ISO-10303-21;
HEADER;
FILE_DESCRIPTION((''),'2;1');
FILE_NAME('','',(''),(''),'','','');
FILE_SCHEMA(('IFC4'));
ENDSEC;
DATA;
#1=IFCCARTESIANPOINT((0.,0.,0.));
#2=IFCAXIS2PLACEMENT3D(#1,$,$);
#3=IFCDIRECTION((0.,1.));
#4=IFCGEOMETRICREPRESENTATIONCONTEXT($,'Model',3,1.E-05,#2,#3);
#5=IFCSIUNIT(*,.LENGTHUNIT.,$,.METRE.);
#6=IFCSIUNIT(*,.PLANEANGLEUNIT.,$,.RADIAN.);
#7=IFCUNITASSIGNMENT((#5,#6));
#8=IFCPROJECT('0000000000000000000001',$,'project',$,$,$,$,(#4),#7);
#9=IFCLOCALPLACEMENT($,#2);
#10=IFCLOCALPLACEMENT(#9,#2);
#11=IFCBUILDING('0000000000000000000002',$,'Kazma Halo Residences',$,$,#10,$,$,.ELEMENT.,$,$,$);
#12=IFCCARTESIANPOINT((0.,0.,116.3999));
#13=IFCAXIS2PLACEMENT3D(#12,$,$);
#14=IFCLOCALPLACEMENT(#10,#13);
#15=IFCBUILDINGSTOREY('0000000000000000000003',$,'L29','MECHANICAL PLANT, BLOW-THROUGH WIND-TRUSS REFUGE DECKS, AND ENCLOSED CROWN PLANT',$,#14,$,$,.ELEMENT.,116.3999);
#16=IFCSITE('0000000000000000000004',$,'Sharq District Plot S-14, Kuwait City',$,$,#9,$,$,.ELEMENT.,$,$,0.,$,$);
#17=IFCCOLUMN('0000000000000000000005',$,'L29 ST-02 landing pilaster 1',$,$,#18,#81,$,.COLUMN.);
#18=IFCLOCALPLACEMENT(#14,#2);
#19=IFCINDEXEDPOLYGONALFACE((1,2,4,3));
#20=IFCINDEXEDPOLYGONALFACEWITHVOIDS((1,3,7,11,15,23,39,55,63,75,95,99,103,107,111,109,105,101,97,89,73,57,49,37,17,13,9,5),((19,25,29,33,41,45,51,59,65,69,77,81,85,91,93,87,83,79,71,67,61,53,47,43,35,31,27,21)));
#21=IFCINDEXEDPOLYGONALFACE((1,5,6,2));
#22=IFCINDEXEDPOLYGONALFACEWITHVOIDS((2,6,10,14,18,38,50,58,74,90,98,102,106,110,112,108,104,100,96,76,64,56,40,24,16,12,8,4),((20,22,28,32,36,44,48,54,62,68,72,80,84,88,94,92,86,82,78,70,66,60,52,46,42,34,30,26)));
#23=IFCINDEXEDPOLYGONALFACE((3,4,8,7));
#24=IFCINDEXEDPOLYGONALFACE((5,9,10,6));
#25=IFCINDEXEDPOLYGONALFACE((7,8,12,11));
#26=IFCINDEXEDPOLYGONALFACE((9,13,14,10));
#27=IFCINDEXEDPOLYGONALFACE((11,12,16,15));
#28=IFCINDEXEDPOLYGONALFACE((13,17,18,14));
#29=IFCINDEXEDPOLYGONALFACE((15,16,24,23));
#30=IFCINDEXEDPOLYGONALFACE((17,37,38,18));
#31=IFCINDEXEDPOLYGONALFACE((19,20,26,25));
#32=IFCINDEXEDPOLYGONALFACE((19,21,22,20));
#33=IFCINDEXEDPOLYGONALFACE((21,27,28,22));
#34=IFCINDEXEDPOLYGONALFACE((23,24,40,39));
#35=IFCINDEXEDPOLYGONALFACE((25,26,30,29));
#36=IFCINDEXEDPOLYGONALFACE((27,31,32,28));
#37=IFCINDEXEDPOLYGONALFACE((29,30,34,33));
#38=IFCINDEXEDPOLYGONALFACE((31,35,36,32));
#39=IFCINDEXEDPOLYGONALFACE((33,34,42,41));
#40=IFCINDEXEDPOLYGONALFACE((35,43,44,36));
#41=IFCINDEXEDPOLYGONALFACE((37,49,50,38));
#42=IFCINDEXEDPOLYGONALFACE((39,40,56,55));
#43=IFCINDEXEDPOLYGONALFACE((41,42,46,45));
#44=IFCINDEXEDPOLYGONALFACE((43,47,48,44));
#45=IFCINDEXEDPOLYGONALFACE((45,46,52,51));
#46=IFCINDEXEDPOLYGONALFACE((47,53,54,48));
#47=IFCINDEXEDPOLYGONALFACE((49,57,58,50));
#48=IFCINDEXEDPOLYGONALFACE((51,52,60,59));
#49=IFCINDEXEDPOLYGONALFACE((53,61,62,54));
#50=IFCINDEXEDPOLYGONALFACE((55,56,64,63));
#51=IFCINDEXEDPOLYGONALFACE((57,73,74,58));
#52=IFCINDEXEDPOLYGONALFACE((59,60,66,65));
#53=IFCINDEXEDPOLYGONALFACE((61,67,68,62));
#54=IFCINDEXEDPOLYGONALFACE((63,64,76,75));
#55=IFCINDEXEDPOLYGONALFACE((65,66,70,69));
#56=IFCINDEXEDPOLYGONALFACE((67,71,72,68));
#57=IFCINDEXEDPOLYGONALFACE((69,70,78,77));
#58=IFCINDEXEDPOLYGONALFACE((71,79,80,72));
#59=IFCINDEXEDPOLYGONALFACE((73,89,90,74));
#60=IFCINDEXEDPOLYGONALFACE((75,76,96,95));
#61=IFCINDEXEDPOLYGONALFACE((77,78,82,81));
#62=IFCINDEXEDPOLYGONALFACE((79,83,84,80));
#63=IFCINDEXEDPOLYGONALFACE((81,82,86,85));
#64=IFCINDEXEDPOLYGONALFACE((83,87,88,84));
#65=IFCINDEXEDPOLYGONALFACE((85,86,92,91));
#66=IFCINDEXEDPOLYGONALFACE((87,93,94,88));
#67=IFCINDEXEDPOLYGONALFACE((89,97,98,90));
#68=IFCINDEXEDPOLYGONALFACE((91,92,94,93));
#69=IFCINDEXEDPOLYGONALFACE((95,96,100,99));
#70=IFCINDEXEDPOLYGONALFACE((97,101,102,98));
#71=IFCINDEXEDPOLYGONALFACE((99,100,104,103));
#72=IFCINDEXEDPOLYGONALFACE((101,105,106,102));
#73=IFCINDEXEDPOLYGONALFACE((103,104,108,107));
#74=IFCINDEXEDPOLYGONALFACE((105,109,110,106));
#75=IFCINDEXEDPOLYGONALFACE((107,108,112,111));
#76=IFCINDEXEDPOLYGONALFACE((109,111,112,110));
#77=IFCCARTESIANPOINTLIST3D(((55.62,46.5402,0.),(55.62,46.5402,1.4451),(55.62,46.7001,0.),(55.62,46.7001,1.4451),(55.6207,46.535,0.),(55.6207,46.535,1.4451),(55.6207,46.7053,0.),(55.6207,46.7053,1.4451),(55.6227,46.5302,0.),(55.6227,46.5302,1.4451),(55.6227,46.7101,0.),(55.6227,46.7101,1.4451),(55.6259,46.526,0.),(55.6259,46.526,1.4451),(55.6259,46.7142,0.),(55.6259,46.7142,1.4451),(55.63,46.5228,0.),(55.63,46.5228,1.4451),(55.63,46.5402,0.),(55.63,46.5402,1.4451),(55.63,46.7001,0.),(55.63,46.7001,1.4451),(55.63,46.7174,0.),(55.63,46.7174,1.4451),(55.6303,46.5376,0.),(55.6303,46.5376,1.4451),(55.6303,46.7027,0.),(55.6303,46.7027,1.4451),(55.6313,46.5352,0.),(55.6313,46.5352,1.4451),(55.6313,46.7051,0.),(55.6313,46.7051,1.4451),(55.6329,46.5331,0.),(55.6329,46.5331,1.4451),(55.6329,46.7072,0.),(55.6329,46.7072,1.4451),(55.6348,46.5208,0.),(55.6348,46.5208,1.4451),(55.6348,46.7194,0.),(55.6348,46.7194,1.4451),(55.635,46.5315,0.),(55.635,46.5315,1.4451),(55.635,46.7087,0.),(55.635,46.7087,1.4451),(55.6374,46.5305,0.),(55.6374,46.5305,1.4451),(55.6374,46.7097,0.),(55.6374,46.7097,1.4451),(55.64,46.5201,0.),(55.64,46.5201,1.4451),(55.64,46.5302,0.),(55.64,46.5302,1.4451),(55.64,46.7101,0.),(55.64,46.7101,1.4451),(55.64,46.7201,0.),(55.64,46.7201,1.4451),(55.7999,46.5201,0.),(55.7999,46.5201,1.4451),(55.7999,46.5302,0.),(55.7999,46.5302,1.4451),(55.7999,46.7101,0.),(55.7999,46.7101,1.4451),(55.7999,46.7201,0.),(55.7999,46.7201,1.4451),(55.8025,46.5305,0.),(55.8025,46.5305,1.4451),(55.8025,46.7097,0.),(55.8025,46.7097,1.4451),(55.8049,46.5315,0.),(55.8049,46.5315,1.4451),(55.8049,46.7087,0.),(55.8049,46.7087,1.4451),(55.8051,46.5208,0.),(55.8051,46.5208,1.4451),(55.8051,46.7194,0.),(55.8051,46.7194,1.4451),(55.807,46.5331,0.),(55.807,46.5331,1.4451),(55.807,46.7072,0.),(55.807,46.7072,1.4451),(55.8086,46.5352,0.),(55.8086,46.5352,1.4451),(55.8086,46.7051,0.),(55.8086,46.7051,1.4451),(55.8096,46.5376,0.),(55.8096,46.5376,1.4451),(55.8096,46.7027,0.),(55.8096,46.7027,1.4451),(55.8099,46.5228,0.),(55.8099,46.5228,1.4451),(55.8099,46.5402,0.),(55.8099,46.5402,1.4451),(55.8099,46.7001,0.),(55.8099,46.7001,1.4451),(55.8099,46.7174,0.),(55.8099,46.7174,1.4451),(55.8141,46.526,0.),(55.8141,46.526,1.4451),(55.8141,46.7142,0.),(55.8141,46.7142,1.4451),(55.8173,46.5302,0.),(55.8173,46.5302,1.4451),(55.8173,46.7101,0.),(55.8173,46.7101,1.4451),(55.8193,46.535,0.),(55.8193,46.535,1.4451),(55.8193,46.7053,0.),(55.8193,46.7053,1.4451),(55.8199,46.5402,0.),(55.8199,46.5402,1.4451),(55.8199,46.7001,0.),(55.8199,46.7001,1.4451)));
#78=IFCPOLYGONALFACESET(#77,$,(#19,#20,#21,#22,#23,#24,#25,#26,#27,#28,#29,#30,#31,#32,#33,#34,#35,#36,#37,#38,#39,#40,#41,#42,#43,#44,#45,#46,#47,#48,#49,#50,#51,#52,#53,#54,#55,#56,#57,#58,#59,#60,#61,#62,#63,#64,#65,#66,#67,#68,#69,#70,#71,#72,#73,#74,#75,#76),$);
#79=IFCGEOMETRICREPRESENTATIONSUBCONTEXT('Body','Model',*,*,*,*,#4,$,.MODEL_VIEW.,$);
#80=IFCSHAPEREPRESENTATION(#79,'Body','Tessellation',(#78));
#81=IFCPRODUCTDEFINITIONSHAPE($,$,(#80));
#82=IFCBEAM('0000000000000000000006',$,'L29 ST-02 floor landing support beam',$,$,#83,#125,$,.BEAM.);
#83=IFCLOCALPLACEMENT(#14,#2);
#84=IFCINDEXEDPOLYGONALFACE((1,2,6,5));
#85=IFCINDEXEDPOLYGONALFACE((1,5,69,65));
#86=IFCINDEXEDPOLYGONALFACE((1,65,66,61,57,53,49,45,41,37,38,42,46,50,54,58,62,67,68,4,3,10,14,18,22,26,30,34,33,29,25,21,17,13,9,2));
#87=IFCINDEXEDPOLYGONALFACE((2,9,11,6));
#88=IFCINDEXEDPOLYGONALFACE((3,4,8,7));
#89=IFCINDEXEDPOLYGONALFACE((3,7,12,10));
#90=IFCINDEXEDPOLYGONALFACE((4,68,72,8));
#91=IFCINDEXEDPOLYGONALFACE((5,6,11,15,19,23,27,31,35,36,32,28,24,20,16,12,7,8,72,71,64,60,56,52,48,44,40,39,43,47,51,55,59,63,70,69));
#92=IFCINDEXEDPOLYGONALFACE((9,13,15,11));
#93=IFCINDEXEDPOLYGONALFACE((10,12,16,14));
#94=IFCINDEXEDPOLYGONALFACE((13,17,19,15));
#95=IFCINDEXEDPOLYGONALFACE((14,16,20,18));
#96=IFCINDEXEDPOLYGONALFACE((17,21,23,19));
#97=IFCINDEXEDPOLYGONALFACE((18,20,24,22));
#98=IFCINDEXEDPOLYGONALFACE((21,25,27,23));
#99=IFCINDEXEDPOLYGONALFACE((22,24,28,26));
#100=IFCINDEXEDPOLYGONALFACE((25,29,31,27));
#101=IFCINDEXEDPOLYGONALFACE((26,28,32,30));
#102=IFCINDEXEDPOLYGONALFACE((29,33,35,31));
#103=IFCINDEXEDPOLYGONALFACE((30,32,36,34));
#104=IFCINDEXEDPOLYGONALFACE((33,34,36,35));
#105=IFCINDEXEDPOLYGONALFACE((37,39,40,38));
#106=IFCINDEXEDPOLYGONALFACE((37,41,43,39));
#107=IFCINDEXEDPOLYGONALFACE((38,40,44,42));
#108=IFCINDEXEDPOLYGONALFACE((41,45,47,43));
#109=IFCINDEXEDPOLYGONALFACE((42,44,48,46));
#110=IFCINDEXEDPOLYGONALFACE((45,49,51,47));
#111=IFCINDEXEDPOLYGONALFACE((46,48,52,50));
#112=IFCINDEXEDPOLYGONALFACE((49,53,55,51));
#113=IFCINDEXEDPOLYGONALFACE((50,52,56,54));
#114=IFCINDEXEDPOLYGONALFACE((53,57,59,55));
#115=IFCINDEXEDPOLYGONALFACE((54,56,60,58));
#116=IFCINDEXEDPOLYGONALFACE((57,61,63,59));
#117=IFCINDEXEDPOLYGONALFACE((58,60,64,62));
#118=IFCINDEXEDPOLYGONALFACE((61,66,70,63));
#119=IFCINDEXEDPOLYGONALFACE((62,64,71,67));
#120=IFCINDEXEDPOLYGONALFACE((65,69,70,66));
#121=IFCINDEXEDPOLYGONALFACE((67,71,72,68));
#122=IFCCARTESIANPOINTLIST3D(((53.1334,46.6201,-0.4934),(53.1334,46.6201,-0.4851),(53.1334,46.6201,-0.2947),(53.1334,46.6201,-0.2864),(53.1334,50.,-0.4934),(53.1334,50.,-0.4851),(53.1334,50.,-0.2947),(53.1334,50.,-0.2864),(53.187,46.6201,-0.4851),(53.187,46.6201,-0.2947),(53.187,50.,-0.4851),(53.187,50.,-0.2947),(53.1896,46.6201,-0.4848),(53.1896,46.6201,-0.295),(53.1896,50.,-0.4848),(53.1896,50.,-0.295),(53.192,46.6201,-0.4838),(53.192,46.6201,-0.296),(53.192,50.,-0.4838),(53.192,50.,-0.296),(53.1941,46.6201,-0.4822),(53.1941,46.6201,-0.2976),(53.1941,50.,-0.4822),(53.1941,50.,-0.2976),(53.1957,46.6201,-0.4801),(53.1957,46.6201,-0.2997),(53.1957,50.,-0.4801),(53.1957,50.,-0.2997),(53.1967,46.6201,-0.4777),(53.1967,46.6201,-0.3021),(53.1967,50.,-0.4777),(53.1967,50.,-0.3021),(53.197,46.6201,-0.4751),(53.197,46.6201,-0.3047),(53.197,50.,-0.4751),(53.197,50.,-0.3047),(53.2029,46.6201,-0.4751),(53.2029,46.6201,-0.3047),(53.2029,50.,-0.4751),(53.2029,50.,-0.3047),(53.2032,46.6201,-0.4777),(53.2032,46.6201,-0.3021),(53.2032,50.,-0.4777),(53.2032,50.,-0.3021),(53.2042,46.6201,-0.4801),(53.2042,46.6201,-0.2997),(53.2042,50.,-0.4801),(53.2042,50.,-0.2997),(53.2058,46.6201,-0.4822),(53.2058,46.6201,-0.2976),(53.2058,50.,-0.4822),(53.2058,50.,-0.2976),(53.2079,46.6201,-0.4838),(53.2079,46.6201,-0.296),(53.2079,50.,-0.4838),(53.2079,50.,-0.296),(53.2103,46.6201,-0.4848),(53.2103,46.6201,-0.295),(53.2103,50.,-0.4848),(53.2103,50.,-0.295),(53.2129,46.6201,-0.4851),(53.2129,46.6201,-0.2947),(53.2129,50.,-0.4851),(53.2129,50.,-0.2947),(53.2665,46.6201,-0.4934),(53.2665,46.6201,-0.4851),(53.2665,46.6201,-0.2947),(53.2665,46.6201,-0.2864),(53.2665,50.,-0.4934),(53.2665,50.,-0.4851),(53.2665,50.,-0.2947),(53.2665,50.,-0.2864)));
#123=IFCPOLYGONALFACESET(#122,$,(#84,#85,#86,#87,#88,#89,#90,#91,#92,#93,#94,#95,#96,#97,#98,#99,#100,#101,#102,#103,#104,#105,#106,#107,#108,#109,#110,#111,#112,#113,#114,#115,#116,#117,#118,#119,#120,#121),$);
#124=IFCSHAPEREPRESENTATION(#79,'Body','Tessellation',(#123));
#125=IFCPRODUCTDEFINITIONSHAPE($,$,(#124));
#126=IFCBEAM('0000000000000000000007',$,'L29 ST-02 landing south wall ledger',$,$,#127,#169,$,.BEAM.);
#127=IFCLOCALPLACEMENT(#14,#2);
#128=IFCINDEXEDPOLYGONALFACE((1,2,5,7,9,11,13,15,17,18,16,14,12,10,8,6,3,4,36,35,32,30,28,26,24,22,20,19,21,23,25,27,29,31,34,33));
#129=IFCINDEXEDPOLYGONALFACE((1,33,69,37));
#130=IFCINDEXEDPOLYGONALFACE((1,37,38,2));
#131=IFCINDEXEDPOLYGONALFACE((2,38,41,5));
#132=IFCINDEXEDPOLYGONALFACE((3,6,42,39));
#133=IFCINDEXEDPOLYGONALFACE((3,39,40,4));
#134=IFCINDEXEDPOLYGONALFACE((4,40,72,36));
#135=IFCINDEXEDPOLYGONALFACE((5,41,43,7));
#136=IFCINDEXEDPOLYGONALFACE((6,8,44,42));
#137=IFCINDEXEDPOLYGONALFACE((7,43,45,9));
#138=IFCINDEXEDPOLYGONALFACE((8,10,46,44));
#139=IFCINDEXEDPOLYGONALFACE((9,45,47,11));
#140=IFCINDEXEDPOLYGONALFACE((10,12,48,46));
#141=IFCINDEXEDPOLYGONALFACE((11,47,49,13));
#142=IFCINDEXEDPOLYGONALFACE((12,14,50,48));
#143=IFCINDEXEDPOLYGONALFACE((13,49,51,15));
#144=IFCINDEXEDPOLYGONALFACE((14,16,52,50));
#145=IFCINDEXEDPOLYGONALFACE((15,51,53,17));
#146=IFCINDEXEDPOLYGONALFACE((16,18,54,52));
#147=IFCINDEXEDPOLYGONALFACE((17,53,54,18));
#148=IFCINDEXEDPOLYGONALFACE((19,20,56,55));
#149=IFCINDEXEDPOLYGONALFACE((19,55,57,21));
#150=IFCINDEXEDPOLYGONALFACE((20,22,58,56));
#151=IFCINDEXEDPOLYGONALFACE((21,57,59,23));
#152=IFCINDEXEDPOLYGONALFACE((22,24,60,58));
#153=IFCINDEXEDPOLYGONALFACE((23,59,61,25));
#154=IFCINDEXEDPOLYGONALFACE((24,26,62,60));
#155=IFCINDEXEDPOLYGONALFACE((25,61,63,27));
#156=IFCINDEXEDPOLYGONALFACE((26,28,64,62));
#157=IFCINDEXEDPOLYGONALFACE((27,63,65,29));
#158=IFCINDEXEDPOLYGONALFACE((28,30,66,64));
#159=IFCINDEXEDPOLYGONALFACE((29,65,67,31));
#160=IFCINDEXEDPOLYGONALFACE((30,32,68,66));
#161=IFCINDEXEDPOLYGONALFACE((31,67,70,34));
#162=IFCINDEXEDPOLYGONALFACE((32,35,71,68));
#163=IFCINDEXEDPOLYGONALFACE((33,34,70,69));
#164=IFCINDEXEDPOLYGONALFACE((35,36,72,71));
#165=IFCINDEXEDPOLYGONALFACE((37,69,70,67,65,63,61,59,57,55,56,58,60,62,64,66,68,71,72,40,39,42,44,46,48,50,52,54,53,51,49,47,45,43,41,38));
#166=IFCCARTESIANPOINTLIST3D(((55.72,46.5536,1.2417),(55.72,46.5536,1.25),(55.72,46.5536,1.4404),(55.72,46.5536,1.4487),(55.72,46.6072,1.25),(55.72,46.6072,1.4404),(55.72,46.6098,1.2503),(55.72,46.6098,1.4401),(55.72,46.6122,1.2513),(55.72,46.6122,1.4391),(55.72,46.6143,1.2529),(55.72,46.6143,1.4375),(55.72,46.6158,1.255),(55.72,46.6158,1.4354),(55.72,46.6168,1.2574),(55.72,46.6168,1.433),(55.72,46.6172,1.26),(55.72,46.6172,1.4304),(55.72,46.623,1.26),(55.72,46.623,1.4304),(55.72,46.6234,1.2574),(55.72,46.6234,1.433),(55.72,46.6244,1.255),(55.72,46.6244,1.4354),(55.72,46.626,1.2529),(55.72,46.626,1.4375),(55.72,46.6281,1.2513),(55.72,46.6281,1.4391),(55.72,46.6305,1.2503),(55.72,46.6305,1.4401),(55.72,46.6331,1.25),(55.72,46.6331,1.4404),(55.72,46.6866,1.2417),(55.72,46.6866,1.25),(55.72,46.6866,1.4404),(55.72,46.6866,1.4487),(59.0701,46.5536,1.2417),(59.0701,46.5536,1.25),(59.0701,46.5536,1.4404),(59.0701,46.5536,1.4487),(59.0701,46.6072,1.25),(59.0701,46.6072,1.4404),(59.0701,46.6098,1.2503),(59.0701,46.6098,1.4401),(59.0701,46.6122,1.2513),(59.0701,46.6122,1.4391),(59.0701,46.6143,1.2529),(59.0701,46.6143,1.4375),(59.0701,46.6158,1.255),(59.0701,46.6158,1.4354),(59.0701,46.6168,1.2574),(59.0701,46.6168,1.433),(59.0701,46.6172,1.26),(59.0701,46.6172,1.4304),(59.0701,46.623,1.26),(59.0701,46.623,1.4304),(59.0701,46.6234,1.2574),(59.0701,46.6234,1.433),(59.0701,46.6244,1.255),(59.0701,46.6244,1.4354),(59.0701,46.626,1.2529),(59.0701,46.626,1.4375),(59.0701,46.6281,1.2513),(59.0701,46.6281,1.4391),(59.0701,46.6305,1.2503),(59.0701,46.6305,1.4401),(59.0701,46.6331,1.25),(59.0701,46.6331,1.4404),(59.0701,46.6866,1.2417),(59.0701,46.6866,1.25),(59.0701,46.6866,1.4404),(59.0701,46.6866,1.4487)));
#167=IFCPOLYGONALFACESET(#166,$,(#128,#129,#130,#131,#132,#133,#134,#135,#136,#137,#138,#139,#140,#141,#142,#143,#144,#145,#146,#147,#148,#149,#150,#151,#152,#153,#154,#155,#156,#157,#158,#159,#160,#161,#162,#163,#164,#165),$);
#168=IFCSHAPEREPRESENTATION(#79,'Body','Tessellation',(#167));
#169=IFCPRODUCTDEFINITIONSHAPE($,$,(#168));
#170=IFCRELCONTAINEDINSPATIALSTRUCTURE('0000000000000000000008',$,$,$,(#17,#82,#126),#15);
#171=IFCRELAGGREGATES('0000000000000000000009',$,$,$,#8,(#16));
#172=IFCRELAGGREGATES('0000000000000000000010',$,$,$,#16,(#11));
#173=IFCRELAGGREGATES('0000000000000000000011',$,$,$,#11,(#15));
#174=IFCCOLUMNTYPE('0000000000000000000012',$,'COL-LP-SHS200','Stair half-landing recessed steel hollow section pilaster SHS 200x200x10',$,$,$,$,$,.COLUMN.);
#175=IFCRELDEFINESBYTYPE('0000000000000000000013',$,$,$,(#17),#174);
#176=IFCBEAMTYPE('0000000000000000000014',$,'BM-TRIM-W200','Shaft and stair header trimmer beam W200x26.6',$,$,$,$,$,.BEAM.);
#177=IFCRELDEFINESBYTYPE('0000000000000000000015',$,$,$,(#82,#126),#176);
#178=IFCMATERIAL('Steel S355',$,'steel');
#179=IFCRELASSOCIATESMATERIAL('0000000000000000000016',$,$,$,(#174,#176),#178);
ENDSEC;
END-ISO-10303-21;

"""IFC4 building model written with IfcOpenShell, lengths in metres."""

from ifc_helpers import new_model, si_unit, direction, frame, origin, origin_2d, place, context, subcontext, project, spatial, hollow_rectangle, i_section, extrude, material, material_profile, profile_set, type_object, element, save


model = new_model("IFC4")

# Units and contexts
model_context = context("Model", 3, precision=1e-05, world=origin(), true_north=direction((0.0, 1.0)))
body_context = subcontext(model_context, "Body", "Model", "MODEL_VIEW")
ifc_project = project(units=[si_unit("LENGTHUNIT", "METRE"), si_unit("PLANEANGLEUNIT", "RADIAN")], contexts=[model_context])

# Site, building, storey
site_placement = place(None, origin())
site = spatial("IfcSite", under=ifc_project, at=site_placement, Name="Sharq District Plot S-14, Kuwait City", CompositionType="ELEMENT", RefElevation=0.0)
building_placement = place(site_placement, origin())
building = spatial("IfcBuilding", under=site, at=building_placement, Name="Kazma Halo Residences", CompositionType="ELEMENT")
storey_placement = place(building_placement, frame((0.0, 0.0, 116.3999)))
storey = spatial("IfcBuildingStorey", under=building, at=storey_placement, Name="L29", Description="MECHANICAL PLANT, BLOW-THROUGH WIND-TRUSS REFUGE DECKS, AND ENCLOSED CROWN PLANT", CompositionType="ELEMENT", Elevation=116.3999)

# Column
ifc_material_1 = material(Name="Steel S355", Category="steel")
ifc_material_profile_1 = material_profile(ifc_material_1, hollow_rectangle(XDim=0.2, YDim=0.2, WallThickness=0.01, InnerFilletRadius=0.01, OuterFilletRadius=0.02, at=origin_2d()), Name="SHS200x200x10")
ifc_profile_set_1 = profile_set([ifc_material_profile_1], Name="Steel S355")
column_type = type_object("IfcColumnType", Name="COL-LP-SHS200", Description="Stair half-landing recessed steel hollow section pilaster SHS 200x200x10", PredefinedType="COLUMN", material=ifc_profile_set_1)
column_placement = place(storey_placement, frame((55.72, 46.6201, 0.0), z_axis=(0.0, 0.0, 1.0), x_axis=(1.0, 0.0, 0.0)))
element("IfcColumn", 1, at=column_placement, inside=storey, type_object=column_type, Name="L29 ST-02 landing pilaster 1", PredefinedType="COLUMN", context=body_context, shape_type="SweptSolid", body=[
    extrude(hollow_rectangle(XDim=0.2, YDim=0.2, WallThickness=0.01, InnerFilletRadius=0.01, OuterFilletRadius=0.02, at=origin_2d()), origin(), (0.0, 0.0, 1.0), 1.4451),
])

# Beams
ifc_material_profile_2 = material_profile(ifc_material_1, i_section(OverallWidth=0.1331, OverallDepth=0.207, WebThickness=0.0059, FlangeThickness=0.0083, FilletRadius=0.01, at=origin_2d()), Name="W200x26.6")
ifc_profile_set_2 = profile_set([ifc_material_profile_2], Name="Steel S355")
beam_type = type_object("IfcBeamType", Name="BM-TRIM-W200", Description="Shaft and stair header trimmer beam W200x26.6", PredefinedType="BEAM", material=ifc_profile_set_2)
beam_1_placement = place(storey_placement, frame((53.2, 46.6201, -0.3899), z_axis=(0.0, 1.0, 0.0), x_axis=(-1.0, 0.0, 0.0)))
element("IfcBeam", 2, at=beam_1_placement, inside=storey, type_object=beam_type, Name="L29 ST-02 floor landing support beam", PredefinedType="BEAM", context=body_context, shape_type="SweptSolid", body=[
    extrude(i_section(OverallWidth=0.1331, OverallDepth=0.207, WebThickness=0.0059, FlangeThickness=0.0083, FilletRadius=0.01, at=origin_2d()), origin(), (0.0, 0.0, 1.0), 3.3799),
])
beam_2_placement = place(storey_placement, frame((55.72, 46.6201, 1.3452), z_axis=(1.0, 0.0, 0.0), x_axis=(0.0, 1.0, 0.0)))
element("IfcBeam", 3, at=beam_2_placement, inside=storey, type_object=beam_type, Name="L29 ST-02 landing south wall ledger", PredefinedType="BEAM", context=body_context, shape_type="SweptSolid", body=[
    extrude(i_section(OverallWidth=0.1331, OverallDepth=0.207, WebThickness=0.0059, FlangeThickness=0.0083, FilletRadius=0.01, at=origin_2d()), origin(), (0.0, 0.0, 1.0), 3.3501),
])

save(model, "model.ifc")
